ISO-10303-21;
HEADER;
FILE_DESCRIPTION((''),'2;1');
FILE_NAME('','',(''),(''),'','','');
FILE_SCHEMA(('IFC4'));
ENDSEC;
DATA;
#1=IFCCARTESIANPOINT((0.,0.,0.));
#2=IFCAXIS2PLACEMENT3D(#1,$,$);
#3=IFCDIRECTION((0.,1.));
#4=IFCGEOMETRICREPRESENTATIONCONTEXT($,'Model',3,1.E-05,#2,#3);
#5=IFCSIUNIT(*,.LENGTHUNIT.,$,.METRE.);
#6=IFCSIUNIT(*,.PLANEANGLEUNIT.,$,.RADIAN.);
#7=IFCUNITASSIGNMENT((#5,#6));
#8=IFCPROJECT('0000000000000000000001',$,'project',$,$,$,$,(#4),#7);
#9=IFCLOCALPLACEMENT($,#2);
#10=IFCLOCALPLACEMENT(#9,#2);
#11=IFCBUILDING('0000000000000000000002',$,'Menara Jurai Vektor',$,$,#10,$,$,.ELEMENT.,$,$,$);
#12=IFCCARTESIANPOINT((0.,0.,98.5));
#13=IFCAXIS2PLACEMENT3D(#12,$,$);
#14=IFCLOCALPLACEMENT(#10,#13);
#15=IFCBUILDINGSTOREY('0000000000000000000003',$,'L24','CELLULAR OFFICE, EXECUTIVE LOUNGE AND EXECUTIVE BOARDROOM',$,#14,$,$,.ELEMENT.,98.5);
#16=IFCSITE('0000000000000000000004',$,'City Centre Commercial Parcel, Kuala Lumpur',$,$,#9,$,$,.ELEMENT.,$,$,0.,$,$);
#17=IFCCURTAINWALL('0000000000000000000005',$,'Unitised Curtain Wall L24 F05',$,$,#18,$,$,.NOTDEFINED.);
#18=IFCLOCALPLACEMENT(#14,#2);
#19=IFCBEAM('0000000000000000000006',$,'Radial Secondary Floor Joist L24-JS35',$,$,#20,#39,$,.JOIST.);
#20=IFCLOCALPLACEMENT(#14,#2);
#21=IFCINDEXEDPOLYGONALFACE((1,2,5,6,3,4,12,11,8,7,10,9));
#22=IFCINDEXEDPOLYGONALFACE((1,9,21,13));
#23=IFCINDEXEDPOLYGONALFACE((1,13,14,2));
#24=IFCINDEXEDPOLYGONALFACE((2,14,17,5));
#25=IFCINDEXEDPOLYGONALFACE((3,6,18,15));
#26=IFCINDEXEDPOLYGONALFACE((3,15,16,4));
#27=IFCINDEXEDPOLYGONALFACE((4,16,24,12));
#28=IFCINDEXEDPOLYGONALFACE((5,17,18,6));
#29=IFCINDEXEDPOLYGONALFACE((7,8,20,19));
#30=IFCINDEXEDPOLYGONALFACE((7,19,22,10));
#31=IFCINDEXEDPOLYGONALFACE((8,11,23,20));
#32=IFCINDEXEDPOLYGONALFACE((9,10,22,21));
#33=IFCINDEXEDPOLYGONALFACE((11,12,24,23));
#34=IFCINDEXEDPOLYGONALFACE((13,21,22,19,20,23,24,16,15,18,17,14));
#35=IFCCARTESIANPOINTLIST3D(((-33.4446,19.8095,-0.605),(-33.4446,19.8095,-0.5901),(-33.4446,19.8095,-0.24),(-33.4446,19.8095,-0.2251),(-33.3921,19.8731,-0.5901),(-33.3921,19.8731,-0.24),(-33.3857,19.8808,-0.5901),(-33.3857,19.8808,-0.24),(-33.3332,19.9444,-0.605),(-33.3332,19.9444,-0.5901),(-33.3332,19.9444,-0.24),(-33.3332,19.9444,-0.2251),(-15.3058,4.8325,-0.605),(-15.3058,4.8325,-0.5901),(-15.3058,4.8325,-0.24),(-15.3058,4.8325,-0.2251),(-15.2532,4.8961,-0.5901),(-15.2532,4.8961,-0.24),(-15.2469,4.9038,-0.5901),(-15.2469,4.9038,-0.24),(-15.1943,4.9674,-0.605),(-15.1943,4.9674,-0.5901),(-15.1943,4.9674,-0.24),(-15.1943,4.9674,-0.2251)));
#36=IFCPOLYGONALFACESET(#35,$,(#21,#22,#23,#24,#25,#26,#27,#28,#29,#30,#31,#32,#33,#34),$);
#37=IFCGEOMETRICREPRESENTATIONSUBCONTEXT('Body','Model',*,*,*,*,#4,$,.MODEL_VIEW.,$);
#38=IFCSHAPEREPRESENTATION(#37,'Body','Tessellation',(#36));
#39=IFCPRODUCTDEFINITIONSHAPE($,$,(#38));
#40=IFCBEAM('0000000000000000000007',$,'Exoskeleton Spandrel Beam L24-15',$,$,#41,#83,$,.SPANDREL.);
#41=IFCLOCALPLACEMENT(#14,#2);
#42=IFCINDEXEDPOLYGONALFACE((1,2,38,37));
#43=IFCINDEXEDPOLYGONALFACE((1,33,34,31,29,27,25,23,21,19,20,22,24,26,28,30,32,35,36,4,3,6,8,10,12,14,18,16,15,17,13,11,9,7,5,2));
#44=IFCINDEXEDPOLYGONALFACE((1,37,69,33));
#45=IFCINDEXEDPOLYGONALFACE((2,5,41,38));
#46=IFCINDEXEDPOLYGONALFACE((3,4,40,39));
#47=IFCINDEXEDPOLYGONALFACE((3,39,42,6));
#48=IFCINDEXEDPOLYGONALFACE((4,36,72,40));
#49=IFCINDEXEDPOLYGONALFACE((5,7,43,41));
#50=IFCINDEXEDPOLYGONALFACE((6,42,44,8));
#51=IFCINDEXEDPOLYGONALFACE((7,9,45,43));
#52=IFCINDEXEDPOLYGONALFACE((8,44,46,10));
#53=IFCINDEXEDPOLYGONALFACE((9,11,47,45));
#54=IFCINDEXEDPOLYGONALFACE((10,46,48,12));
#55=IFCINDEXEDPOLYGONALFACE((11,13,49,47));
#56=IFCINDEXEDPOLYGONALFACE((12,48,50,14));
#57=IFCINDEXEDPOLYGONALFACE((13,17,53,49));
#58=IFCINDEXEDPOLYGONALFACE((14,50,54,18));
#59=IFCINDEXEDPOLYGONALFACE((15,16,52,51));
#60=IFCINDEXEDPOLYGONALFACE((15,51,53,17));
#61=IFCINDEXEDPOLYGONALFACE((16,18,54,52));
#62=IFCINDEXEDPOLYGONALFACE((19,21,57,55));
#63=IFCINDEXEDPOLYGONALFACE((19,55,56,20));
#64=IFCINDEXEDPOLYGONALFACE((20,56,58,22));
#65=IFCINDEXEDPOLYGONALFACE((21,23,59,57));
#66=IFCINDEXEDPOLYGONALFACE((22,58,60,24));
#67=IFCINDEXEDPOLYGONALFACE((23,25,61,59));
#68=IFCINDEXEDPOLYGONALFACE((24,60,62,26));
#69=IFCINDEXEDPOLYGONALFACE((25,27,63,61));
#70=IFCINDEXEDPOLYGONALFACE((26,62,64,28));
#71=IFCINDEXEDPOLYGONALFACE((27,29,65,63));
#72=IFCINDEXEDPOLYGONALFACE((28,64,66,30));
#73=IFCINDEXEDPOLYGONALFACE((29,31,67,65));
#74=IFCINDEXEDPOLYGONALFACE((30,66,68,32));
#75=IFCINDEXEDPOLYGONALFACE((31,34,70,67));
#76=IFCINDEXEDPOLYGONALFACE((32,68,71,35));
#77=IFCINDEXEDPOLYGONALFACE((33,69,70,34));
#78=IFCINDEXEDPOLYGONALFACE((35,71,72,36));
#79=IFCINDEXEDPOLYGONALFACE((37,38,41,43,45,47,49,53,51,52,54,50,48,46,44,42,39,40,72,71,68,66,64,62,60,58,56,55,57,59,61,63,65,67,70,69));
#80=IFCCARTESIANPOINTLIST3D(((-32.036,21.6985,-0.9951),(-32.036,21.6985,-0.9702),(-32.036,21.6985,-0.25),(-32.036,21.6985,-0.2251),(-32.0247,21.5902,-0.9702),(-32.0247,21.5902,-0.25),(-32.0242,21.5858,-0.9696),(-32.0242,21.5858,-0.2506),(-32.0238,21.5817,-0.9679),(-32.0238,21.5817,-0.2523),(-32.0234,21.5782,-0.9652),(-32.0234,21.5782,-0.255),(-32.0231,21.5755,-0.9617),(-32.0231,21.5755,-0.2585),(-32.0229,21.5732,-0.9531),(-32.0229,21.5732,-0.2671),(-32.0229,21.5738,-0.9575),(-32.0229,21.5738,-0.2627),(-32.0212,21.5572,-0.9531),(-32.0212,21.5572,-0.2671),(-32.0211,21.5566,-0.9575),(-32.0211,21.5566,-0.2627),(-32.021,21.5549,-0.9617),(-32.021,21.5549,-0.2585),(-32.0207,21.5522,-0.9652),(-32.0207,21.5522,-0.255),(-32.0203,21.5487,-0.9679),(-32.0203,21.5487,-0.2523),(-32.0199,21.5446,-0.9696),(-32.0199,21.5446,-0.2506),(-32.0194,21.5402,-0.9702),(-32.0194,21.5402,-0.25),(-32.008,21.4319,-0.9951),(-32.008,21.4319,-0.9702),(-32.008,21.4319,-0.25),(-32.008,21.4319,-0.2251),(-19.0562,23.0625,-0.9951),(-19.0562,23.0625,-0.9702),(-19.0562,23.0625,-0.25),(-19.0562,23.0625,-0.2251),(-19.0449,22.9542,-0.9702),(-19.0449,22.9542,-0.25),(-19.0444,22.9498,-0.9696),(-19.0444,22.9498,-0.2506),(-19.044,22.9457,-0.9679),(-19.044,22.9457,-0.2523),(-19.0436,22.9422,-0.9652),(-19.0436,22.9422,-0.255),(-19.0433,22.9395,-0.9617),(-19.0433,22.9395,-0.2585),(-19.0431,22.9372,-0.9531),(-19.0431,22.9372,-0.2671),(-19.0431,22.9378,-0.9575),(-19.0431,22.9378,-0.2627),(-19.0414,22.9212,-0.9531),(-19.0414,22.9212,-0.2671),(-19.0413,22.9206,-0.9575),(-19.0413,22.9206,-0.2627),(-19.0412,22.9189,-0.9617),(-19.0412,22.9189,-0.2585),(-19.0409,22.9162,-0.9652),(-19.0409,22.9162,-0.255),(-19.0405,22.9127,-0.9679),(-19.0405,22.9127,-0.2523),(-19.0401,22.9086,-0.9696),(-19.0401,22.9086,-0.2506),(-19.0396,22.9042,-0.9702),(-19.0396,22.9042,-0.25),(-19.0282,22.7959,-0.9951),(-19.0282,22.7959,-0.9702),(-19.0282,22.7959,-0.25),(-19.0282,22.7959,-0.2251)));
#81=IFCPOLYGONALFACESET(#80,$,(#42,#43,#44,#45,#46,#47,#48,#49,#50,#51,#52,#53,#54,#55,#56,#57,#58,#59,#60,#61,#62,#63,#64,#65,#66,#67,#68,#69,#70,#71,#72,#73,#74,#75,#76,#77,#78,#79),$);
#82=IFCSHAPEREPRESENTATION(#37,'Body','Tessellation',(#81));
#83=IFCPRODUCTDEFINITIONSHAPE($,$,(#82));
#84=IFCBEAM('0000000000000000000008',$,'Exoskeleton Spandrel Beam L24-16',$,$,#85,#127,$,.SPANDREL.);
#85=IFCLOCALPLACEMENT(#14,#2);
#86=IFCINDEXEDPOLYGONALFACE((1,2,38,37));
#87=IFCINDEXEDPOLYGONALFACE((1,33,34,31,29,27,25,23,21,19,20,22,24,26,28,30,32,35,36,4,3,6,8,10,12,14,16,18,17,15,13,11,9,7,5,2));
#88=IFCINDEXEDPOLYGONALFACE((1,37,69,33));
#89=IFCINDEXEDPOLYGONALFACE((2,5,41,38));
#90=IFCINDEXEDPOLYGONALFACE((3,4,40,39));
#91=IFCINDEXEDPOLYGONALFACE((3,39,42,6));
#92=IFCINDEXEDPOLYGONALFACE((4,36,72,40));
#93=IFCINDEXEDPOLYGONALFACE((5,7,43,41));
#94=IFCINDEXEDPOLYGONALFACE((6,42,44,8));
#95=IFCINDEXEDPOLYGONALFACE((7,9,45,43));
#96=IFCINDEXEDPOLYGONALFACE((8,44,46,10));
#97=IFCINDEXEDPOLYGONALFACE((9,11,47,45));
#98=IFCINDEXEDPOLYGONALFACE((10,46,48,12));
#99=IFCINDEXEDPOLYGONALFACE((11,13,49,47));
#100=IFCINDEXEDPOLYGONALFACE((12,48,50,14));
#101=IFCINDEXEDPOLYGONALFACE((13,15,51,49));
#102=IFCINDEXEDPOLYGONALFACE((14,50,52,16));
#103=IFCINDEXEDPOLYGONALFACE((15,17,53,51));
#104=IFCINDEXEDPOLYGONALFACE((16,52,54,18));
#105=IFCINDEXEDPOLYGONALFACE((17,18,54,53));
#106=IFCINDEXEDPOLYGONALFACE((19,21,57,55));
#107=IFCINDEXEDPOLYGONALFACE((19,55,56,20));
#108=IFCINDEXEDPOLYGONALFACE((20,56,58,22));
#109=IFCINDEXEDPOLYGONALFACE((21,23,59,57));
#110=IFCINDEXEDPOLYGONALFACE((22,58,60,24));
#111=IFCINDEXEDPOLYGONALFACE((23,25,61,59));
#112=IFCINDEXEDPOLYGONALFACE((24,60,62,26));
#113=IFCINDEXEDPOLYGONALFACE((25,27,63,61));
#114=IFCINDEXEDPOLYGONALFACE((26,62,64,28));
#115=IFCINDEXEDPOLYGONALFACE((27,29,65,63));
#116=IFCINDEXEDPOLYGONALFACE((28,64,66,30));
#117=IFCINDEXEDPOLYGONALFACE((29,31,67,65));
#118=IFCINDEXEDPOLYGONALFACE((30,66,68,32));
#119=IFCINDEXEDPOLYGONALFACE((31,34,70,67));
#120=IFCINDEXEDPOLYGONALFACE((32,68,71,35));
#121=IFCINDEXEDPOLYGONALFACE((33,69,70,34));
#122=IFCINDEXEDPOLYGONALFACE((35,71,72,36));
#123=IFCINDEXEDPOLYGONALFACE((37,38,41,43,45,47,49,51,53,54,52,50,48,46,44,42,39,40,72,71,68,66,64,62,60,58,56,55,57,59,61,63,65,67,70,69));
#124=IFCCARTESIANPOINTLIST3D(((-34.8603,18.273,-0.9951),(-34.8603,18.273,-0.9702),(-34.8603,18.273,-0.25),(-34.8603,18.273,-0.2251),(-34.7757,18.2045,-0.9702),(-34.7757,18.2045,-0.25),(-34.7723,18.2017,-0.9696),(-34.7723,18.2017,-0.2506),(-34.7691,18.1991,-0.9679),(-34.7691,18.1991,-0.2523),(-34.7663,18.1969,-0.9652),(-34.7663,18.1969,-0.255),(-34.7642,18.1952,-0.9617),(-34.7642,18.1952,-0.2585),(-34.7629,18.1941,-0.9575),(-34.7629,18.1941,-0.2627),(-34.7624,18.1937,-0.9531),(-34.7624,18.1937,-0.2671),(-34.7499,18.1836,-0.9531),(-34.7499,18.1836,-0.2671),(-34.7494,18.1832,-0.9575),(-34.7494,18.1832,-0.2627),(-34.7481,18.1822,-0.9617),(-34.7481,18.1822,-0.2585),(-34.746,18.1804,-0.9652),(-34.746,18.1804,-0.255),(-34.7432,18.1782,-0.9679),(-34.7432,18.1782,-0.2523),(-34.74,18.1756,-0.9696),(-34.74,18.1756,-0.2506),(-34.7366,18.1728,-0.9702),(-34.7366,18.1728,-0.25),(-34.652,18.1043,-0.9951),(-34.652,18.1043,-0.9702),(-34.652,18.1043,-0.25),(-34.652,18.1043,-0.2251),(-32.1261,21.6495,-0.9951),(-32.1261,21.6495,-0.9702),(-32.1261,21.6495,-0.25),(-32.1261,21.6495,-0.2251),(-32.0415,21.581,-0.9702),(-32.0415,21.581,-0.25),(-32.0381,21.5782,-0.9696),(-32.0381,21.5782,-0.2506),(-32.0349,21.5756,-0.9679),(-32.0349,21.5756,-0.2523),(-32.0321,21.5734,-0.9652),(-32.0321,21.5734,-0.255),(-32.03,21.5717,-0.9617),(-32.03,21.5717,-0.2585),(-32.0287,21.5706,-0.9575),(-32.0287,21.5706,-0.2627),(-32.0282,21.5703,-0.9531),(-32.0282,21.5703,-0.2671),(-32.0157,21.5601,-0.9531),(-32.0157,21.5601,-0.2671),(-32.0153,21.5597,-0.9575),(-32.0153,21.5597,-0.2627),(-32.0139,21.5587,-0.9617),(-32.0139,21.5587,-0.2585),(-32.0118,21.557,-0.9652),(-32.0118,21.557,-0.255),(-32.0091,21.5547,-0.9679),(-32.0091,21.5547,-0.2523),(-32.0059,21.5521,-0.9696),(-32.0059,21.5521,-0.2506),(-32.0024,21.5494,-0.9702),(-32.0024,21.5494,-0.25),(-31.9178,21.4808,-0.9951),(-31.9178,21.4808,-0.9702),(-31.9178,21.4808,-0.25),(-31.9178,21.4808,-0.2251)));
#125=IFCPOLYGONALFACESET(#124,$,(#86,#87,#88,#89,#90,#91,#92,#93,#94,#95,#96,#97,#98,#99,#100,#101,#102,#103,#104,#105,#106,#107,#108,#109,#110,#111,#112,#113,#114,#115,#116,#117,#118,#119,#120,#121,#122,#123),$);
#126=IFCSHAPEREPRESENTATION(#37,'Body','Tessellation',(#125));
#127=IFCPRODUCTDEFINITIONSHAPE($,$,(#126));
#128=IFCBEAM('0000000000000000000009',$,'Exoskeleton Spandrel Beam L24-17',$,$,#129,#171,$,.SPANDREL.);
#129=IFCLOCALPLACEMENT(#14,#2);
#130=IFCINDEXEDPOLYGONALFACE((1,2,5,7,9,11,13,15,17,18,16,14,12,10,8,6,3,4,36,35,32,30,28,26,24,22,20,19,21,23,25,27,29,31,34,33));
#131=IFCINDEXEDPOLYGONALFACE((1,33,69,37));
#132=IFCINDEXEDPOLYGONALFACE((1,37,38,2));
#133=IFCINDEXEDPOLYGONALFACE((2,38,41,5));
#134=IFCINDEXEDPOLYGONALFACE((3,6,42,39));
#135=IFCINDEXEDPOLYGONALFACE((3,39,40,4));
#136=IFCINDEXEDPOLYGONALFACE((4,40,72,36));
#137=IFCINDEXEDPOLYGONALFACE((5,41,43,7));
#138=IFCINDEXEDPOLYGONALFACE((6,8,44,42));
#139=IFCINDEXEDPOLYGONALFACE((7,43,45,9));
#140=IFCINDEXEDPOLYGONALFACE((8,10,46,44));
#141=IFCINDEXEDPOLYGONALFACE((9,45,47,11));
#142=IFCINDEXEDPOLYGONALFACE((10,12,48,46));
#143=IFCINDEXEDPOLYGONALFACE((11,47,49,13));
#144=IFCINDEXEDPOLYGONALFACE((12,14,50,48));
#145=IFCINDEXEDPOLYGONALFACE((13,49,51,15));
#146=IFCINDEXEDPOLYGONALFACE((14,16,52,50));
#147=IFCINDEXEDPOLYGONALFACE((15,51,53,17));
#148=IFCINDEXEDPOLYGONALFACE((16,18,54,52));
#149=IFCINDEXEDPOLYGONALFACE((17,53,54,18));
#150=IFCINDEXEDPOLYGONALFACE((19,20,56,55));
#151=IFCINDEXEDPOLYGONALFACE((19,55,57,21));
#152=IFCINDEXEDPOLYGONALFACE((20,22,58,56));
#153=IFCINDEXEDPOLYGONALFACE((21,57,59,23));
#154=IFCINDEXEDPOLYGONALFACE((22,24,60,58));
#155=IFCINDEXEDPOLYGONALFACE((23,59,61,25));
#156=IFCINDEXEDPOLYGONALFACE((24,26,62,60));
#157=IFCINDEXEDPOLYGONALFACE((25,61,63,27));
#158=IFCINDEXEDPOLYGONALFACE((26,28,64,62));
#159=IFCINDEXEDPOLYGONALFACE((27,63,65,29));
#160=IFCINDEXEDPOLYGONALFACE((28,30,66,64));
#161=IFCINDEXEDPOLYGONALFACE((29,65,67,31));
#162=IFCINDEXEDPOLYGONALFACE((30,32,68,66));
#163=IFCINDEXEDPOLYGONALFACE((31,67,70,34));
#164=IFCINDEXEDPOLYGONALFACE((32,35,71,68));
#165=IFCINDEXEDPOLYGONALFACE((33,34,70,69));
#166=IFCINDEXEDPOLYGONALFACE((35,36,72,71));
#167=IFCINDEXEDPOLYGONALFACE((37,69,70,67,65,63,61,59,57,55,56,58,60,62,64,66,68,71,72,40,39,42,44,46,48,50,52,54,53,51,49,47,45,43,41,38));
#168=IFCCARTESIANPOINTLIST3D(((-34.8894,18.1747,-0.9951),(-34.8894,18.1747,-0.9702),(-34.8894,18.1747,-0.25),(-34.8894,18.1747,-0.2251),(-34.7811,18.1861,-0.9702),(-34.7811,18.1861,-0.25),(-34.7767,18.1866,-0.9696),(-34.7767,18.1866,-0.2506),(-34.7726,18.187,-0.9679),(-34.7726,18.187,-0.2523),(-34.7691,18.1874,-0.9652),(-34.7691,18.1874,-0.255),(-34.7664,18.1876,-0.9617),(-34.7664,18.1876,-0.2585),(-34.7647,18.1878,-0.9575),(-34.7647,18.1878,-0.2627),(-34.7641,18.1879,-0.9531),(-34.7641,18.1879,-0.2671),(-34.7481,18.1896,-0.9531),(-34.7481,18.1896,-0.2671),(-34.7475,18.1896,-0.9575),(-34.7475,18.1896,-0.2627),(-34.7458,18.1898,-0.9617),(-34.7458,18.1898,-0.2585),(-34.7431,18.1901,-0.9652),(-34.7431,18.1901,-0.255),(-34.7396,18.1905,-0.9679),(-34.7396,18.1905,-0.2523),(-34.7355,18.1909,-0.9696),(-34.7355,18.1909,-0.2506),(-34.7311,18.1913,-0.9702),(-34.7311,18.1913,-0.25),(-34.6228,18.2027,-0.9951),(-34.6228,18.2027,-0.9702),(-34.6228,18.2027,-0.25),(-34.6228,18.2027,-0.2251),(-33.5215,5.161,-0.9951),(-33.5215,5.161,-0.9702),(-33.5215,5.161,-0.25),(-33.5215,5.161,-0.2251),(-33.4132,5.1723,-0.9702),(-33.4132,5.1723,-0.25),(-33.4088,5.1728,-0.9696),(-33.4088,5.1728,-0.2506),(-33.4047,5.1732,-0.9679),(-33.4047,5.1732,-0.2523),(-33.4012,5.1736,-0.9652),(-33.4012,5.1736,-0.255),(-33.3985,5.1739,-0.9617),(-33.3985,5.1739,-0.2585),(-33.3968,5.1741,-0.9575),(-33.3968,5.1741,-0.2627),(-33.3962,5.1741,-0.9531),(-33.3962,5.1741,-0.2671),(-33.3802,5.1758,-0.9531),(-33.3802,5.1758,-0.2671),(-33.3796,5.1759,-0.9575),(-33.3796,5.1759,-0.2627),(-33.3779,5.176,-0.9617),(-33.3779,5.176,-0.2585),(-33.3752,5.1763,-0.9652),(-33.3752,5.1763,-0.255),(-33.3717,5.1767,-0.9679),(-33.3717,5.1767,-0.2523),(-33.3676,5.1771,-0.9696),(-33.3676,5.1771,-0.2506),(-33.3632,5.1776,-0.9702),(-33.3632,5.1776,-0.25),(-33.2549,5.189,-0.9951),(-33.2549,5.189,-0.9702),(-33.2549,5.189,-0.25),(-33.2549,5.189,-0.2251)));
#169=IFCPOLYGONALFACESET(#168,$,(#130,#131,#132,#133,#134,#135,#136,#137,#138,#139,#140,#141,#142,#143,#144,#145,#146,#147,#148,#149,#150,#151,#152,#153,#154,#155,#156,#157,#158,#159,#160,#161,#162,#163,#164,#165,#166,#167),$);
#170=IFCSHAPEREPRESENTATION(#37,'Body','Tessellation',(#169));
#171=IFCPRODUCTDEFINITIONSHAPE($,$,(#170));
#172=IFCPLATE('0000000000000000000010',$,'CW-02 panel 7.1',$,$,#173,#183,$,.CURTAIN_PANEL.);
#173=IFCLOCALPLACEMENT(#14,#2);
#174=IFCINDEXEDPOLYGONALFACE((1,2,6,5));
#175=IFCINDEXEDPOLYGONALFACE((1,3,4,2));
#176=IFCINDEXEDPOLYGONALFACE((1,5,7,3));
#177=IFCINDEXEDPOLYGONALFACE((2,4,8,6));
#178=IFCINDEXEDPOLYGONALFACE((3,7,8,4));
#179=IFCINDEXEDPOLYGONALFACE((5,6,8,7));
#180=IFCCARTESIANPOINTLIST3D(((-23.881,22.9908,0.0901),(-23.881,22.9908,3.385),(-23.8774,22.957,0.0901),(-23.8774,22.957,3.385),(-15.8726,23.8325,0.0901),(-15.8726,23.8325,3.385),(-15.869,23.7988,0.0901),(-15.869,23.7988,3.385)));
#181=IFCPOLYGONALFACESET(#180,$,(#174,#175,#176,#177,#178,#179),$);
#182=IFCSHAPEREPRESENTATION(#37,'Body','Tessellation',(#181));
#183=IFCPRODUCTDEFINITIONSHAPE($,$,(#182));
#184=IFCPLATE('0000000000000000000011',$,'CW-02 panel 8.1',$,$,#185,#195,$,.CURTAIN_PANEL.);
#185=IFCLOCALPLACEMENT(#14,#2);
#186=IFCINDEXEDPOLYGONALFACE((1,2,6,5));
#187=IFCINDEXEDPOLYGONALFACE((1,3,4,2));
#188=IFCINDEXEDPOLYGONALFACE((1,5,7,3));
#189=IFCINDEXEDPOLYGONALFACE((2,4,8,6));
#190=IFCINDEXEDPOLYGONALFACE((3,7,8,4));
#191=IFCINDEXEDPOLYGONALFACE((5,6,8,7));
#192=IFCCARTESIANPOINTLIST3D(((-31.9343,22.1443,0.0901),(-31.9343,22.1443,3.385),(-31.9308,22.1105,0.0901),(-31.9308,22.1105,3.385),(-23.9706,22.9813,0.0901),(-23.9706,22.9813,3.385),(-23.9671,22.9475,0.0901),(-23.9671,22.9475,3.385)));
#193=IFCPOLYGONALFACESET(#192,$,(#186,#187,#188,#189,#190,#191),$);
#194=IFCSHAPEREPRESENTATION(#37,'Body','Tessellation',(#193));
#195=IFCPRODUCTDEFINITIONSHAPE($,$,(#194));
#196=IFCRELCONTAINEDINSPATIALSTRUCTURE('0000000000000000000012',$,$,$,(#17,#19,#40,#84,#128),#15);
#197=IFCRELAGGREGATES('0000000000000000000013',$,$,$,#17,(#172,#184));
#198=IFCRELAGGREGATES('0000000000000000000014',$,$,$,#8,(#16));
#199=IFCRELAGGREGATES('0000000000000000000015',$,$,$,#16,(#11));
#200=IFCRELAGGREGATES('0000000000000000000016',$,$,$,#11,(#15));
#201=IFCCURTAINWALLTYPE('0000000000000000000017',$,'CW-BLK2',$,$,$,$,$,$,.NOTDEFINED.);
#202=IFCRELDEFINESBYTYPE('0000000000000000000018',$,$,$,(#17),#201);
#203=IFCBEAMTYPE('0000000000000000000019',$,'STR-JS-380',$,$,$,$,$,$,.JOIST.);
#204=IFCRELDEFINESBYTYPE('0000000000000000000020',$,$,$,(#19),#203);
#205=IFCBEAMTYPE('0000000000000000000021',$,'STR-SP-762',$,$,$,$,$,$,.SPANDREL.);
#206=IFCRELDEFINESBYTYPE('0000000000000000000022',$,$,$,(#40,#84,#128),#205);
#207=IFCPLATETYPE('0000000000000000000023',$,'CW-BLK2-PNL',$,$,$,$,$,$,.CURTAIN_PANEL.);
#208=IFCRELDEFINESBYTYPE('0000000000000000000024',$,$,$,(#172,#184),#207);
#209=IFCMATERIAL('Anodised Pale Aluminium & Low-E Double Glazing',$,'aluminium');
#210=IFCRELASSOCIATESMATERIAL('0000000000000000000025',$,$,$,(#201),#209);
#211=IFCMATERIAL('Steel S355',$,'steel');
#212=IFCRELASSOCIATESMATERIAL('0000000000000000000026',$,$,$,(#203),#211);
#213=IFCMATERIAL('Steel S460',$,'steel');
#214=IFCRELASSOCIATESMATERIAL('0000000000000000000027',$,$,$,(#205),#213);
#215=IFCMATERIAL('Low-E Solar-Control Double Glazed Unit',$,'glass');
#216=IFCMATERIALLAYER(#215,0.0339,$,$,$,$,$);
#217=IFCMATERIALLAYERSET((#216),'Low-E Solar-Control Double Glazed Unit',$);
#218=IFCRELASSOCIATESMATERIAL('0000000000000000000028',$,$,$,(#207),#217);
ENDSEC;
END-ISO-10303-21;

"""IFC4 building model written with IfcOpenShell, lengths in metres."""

from ifc_helpers import new_model, si_unit, direction, frame, origin, origin_2d, place, context, subcontext, project, spatial, rectangle, i_section, extrude, material, layer, layer_set, material_profile, profile_set, type_object, element, aggregate, save


model = new_model("IFC4")

# Units and contexts
model_context = context("Model", 3, precision=1e-05, world=origin(), true_north=direction((0.0, 1.0)))
body_context = subcontext(model_context, "Body", "Model", "MODEL_VIEW")
ifc_project = project(units=[si_unit("LENGTHUNIT", "METRE"), si_unit("PLANEANGLEUNIT", "RADIAN")], contexts=[model_context])

# Site, building, storey
site_placement = place(None, origin())
site = spatial("IfcSite", under=ifc_project, at=site_placement, Name="City Centre Commercial Parcel, Kuala Lumpur", CompositionType="ELEMENT", RefElevation=0.0)
building_placement = place(site_placement, origin())
building = spatial("IfcBuilding", under=site, at=building_placement, Name="Menara Jurai Vektor", CompositionType="ELEMENT")
storey_placement = place(building_placement, frame((0.0, 0.0, 98.5)))
storey = spatial("IfcBuildingStorey", under=building, at=storey_placement, Name="L24", Description="CELLULAR OFFICE, EXECUTIVE LOUNGE AND EXECUTIVE BOARDROOM", CompositionType="ELEMENT", Elevation=98.5)

# Shared definitions
ifc_material_1 = material(Name="Steel S460", Category="steel")

# Curtain wall
ifc_material_2 = material(Name="Anodised Pale Aluminium & Low-E Double Glazing", Category="aluminium")
curtain_wall_type = type_object("IfcCurtainWallType", Name="CW-BLK2", PredefinedType="NOTDEFINED", material=ifc_material_2)
curtain_wall_1_placement = place(storey_placement, origin())
curtain_wall_1 = element("IfcCurtainWall", 1, at=curtain_wall_1_placement, inside=storey, type_object=curtain_wall_type, Name="Unitised Curtain Wall L24 F05", PredefinedType="NOTDEFINED")

# Shared definitions
ifc_material_3 = material(Name="Steel S355", Category="steel")

# Beams
ifc_material_profile_1 = material_profile(ifc_material_3, i_section(OverallWidth=0.175, OverallDepth=0.3799, WebThickness=0.01, FlangeThickness=0.0149, at=origin_2d()), Name="PG 380x175x58")
ifc_profile_set_1 = profile_set([ifc_material_profile_1], Name="Steel S355")
beam_type_1 = type_object("IfcBeamType", Name="STR-JS-380", PredefinedType="JOIST", material=ifc_profile_set_1)
beam_1_placement = place(storey_placement, frame((-33.3889, 19.877, -0.415), z_axis=(0.771114, -0.636698, 0.0), x_axis=(0.636698, 0.771114, 0.0)))
element("IfcBeam", 2, at=beam_1_placement, inside=storey, type_object=beam_type_1, Name="Radial Secondary Floor Joist L24-JS35", PredefinedType="JOIST", context=body_context, shape_type="SweptSolid", body=[
    extrude(i_section(OverallWidth=0.175, OverallDepth=0.3799, WebThickness=0.01, FlangeThickness=0.0149, at=origin_2d()), origin(), (0.0, 0.0, 1.0), 23.5229),
])
ifc_material_profile_2 = material_profile(ifc_material_1, i_section(OverallWidth=0.2681, OverallDepth=0.77, WebThickness=0.0161, FlangeThickness=0.0249, FilletRadius=0.0171, at=origin_2d()), Name="UKB 762x267x197")
ifc_profile_set_2 = profile_set([ifc_material_profile_2], Name="Steel S460")
beam_type_2 = type_object("IfcBeamType", Name="STR-SP-762", PredefinedType="SPANDREL", material=ifc_profile_set_2)
beam_2_placement = place(storey_placement, frame((-19.0422, 22.9292, -0.6101), z_axis=(-0.994524, -0.104512, 0.0), x_axis=(0.104512, -0.994524, 0.0)))
element("IfcBeam", 3, at=beam_2_placement, inside=storey, type_object=beam_type_2, Name="Exoskeleton Spandrel Beam L24-15", PredefinedType="SPANDREL", context=body_context, shape_type="SweptSolid", body=[
    extrude(i_section(OverallWidth=0.2681, OverallDepth=0.77, WebThickness=0.0161, FlangeThickness=0.0249, FilletRadius=0.0171, at=origin_2d()), origin(), (0.0, 0.0, 1.0), 13.0513),
])
beam_3_placement = place(storey_placement, frame((-32.022, 21.5652, -0.6101), z_axis=(-0.62931, -0.777155, 0.0), x_axis=(0.777155, -0.62931, 0.0)))
element("IfcBeam", 4, at=beam_3_placement, inside=storey, type_object=beam_type_2, Name="Exoskeleton Spandrel Beam L24-16", PredefinedType="SPANDREL", context=body_context, shape_type="SweptSolid", body=[
    extrude(i_section(OverallWidth=0.2681, OverallDepth=0.77, WebThickness=0.0161, FlangeThickness=0.0249, FilletRadius=0.0171, at=origin_2d()), origin(), (0.0, 0.0, 1.0), 4.3447),
])
beam_4_placement = place(storey_placement, frame((-34.7561, 18.1887, -0.6101), z_axis=(0.104538, -0.994521, 0.0), x_axis=(0.994521, 0.104538, 0.0)))
element("IfcBeam", 5, at=beam_4_placement, inside=storey, type_object=beam_type_2, Name="Exoskeleton Spandrel Beam L24-17", PredefinedType="SPANDREL", context=body_context, shape_type="SweptSolid", body=[
    extrude(i_section(OverallWidth=0.2681, OverallDepth=0.77, WebThickness=0.0161, FlangeThickness=0.0249, FilletRadius=0.0171, at=origin_2d()), origin(), (0.0, 0.0, 1.0), 13.0854),
])

# Plates
ifc_material_4 = material(Name="Low-E Solar-Control Double Glazed Unit", Category="glass")
ifc_layer_1 = layer(ifc_material_4, 0.0339)
ifc_layer_set_1 = layer_set([ifc_layer_1], Name="Low-E Solar-Control Double Glazed Unit")
plate_type_1 = type_object("IfcPlateType", Name="CW-BLK2-PNL", PredefinedType="CURTAIN_PANEL", material=ifc_layer_set_1)
plate_1_placement = place(storey_placement, frame((-19.875, 23.3948, 0.0901), z_axis=(0.0, 0.0, 1.0), x_axis=(-0.994522, -0.104529, 0.0)))
plate_1 = element("IfcPlate", 6, at=plate_1_placement, type_object=plate_type_1, Name="CW-02 panel 7.1", PredefinedType="CURTAIN_PANEL", context=body_context, shape_type="SweptSolid", body=[
    extrude(rectangle(XDim=8.0525, YDim=0.0339, at=origin_2d()), origin(), (0.0, 0.0, 1.0), 3.2949),
])
plate_2_placement = place(storey_placement, frame((-27.9507, 22.5459, 0.0901), z_axis=(0.0, 0.0, 1.0), x_axis=(-0.994522, -0.104529, 0.0)))
plate_2 = element("IfcPlate", 7, at=plate_2_placement, type_object=plate_type_1, Name="CW-02 panel 8.1", PredefinedType="CURTAIN_PANEL", context=body_context, shape_type="SweptSolid", body=[
    extrude(rectangle(XDim=8.0076, YDim=0.0339, at=origin_2d()), origin(), (0.0, 0.0, 1.0), 3.2949),
])
aggregate(curtain_wall_1, [plate_1, plate_2])

save(model, "model.ifc")
